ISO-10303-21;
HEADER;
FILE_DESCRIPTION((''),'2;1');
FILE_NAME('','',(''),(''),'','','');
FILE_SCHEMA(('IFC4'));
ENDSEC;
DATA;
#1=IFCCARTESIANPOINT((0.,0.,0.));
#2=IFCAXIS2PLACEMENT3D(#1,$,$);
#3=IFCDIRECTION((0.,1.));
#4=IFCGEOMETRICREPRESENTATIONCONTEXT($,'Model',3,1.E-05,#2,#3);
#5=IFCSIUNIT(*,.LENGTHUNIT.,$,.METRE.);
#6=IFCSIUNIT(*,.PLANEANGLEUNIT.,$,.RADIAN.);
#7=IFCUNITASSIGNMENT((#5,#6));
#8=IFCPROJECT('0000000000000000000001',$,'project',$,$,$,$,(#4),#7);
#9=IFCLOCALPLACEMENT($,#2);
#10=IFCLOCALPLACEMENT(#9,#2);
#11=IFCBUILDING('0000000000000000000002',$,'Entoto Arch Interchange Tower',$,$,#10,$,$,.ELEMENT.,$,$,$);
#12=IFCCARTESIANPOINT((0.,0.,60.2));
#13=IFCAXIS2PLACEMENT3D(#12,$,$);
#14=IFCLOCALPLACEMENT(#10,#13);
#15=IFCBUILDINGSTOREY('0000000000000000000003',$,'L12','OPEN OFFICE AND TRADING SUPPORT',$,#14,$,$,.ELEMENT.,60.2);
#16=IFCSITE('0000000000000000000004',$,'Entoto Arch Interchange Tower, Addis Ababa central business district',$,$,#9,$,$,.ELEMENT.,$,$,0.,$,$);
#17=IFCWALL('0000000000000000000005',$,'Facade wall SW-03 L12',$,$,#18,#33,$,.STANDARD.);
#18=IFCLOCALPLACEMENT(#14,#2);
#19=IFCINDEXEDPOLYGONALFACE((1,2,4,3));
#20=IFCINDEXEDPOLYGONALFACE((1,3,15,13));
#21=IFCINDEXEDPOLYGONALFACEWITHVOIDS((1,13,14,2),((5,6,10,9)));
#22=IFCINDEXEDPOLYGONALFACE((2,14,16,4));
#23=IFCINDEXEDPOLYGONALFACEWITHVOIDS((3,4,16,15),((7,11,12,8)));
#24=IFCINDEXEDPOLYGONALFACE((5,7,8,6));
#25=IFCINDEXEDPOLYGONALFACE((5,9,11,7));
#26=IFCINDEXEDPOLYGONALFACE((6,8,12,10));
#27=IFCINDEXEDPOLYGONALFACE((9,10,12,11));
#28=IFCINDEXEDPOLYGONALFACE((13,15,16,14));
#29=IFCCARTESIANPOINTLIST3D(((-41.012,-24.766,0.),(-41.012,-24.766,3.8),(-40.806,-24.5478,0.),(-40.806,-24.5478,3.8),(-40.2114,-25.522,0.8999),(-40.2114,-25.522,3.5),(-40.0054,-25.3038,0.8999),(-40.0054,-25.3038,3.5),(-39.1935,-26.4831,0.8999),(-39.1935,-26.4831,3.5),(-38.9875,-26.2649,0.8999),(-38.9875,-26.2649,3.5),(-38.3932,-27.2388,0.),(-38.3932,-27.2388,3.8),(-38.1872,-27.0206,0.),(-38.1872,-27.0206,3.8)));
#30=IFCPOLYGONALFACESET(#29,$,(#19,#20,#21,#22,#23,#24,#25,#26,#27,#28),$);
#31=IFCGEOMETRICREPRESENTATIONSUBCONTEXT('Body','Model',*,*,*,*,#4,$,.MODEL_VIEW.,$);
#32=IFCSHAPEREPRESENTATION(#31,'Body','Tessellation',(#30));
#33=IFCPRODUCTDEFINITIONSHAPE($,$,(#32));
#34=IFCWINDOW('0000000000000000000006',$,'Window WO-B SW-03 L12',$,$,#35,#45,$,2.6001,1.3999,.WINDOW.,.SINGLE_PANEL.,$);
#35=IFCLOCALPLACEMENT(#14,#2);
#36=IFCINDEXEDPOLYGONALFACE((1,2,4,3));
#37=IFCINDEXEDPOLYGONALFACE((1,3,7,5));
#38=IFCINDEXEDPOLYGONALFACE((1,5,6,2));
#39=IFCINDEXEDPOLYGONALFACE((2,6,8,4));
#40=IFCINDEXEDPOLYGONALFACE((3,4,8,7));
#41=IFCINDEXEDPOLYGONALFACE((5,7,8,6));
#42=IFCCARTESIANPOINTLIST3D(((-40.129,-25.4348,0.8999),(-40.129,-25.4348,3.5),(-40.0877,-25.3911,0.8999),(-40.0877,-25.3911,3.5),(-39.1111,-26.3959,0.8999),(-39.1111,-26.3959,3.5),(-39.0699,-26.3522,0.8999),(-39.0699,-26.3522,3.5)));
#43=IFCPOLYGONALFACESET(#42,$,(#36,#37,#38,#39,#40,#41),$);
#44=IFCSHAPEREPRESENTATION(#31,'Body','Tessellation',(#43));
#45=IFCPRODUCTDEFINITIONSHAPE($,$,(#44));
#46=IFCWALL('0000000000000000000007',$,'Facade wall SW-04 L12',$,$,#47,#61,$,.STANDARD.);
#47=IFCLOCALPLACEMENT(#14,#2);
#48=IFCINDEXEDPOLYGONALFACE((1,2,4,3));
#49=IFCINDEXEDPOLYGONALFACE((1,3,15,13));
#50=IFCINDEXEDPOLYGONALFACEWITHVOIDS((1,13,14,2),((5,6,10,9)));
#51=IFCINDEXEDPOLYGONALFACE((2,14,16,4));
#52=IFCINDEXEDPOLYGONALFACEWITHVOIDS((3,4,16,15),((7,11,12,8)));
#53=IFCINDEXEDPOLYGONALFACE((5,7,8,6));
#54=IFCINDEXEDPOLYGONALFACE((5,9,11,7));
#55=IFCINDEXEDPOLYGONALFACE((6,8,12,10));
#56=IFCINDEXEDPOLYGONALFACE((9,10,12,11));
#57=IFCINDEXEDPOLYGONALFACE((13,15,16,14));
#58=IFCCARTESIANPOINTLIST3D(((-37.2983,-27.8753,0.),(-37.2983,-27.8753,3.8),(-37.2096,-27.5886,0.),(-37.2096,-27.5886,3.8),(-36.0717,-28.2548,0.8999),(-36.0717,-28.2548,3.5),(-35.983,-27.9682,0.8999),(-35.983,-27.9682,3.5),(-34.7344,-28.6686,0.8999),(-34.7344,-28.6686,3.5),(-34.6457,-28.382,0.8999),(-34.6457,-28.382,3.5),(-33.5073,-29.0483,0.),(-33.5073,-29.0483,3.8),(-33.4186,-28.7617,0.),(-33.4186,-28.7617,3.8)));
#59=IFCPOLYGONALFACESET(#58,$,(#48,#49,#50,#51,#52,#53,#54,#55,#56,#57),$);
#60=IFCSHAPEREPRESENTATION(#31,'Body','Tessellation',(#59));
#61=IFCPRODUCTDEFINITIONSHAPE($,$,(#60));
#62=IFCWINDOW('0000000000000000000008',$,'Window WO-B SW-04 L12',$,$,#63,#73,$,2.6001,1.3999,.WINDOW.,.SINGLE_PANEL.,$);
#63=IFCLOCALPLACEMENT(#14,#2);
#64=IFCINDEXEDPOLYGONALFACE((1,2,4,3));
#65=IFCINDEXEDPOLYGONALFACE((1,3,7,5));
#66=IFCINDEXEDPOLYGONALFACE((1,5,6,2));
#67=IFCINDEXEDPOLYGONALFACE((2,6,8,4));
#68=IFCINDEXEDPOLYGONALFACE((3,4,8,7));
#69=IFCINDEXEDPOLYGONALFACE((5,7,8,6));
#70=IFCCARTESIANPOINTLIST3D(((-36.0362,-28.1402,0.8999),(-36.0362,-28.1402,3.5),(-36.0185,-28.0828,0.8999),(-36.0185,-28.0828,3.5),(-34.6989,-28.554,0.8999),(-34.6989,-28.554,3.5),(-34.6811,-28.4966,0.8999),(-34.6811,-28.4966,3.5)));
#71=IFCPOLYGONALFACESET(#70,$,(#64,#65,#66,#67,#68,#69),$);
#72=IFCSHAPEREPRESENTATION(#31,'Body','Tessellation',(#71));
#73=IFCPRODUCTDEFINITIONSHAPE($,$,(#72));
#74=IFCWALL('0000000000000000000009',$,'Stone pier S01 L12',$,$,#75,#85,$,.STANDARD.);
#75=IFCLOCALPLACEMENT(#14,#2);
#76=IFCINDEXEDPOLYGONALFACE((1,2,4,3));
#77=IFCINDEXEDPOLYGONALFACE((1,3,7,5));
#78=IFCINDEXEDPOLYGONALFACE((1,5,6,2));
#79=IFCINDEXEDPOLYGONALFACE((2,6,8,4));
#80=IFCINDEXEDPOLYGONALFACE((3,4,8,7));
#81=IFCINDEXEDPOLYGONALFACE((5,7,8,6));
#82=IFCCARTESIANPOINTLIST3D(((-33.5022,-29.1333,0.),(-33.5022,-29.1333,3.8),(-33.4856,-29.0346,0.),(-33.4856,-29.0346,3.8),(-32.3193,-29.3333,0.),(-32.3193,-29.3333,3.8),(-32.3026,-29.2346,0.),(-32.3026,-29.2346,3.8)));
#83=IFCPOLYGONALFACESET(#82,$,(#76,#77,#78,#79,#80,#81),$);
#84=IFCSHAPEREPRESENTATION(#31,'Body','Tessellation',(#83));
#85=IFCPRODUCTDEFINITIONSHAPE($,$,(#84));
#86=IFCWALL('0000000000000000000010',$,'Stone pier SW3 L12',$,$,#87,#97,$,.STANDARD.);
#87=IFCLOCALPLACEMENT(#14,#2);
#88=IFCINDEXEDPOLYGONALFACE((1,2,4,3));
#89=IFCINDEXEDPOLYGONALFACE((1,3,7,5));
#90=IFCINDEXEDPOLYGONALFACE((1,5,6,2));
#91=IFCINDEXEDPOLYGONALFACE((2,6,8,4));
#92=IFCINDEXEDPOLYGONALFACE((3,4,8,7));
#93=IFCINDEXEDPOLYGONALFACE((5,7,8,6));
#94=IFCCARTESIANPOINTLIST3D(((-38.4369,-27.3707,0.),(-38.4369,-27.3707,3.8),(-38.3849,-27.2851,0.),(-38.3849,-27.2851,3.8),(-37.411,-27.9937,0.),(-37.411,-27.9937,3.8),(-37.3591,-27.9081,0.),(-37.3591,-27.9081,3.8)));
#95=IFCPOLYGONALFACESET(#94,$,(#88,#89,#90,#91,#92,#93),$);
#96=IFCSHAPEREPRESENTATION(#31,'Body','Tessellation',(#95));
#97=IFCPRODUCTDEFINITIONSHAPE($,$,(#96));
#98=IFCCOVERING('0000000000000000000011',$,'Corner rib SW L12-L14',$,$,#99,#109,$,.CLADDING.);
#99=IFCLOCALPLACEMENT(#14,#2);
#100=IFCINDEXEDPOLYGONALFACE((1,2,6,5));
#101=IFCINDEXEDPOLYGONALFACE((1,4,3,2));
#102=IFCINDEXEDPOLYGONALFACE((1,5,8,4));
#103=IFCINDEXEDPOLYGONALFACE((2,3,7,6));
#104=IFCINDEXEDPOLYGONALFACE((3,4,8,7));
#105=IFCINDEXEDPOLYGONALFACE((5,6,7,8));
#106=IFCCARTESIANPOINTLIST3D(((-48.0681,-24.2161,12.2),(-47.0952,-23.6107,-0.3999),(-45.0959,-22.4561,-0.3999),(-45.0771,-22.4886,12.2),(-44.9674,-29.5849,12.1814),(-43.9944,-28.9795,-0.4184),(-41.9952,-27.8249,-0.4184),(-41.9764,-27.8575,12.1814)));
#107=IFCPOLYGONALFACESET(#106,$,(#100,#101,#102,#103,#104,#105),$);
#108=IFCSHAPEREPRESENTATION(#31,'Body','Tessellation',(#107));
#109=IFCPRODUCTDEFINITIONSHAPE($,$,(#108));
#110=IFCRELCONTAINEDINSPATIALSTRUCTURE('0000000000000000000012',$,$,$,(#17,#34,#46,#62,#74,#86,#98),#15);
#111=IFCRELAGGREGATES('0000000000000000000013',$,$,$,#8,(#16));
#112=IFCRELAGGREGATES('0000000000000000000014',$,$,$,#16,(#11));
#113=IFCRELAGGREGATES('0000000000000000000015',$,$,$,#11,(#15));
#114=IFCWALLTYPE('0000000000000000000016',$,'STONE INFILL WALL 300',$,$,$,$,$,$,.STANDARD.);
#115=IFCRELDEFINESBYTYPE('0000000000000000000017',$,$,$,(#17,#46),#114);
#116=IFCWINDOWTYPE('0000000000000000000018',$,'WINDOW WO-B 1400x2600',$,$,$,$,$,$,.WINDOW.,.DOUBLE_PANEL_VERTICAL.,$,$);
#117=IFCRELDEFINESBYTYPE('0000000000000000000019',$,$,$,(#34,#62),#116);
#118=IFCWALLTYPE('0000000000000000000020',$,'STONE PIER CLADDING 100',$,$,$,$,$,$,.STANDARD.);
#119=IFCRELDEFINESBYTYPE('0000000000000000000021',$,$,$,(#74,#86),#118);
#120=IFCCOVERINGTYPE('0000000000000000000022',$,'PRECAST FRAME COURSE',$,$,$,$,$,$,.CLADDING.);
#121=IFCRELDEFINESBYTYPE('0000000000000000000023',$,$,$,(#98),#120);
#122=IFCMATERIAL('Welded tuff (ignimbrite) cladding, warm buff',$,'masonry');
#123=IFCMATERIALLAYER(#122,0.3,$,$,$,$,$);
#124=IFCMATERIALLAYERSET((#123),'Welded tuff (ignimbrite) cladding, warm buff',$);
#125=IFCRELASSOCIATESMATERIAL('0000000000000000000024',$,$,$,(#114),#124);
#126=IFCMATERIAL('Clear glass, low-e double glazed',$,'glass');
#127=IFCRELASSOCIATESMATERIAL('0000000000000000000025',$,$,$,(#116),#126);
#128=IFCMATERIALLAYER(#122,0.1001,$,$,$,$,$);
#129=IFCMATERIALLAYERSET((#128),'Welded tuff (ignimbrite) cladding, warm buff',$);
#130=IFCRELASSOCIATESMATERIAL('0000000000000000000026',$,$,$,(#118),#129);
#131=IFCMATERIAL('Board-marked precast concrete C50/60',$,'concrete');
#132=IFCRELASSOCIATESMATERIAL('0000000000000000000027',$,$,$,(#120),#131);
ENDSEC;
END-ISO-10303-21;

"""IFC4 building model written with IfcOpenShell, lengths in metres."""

from ifc_helpers import new_model, si_unit, direction, frame, frame_2d, origin, place, context, subcontext, project, spatial, polyline, rectangle, outline, extrude, material, layer, layer_set, type_object, element, fill, save


model = new_model("IFC4")

# Units and contexts
model_context = context("Model", 3, precision=1e-05, world=origin(), true_north=direction((0.0, 1.0)))
body_context = subcontext(model_context, "Body", "Model", "MODEL_VIEW")
ifc_project = project(units=[si_unit("LENGTHUNIT", "METRE"), si_unit("PLANEANGLEUNIT", "RADIAN")], contexts=[model_context])

# Site, building, storey
site_placement = place(None, origin())
site = spatial("IfcSite", under=ifc_project, at=site_placement, Name="Entoto Arch Interchange Tower, Addis Ababa central business district", CompositionType="ELEMENT", RefElevation=0.0)
building_placement = place(site_placement, origin())
building = spatial("IfcBuilding", under=site, at=building_placement, Name="Entoto Arch Interchange Tower", CompositionType="ELEMENT")
storey_placement = place(building_placement, frame((0.0, 0.0, 60.2)))
storey = spatial("IfcBuildingStorey", under=building, at=storey_placement, Name="L12", Description="OPEN OFFICE AND TRADING SUPPORT", CompositionType="ELEMENT", Elevation=60.2)

# Shared definitions
ifc_material_1 = material(Name="Welded tuff (ignimbrite) cladding, warm buff", Category="masonry")
ifc_layer_1 = layer(ifc_material_1, 0.3)
ifc_layer_set_1 = layer_set([ifc_layer_1], Name="Welded tuff (ignimbrite) cladding, warm buff")
wall_type_1 = type_object("IfcWallType", Name="STONE INFILL WALL 300", PredefinedType="STANDARD", material=ifc_layer_set_1)
ifc_material_2 = material(Name="Clear glass, low-e double glazed", Category="glass")

# Walls, openings, windows
window_type_1 = type_object("IfcWindowType", Name="WINDOW WO-B 1400x2600", PartitioningType="DOUBLE_PANEL_VERTICAL", PredefinedType="WINDOW", material=ifc_material_2)
wall_1_placement = place(storey_placement, frame((-40.9089, -24.657, 0.0), z_axis=(0.0, 0.0, 1.0), x_axis=(0.727083, -0.68655, 0.0)))
wall_1 = element("IfcWall", 1, at=wall_1_placement, inside=storey, type_object=wall_type_1, Name="Facade wall SW-03 L12", PredefinedType="STANDARD", context=body_context, shape_type="SweptSolid", body=[
    extrude(rectangle(XDim=3.6018, YDim=0.3, at=frame_2d((1.8008, 0.0))), origin(), (0.0, 0.0, 1.0), 3.8),
])
opening_1_placement = place(wall_1_placement, frame((1.1011, 0.0, 0.8999)))
opening_1 = element("IfcOpeningElement", 2, at=opening_1_placement, cuts=wall_1, PredefinedType="OPENING", context=body_context, shape_type="SweptSolid", body=[
    extrude(rectangle(XDim=1.3999, YDim=2.6001, at=frame_2d((0.7, 1.3))), frame((0.0, 0.1602, 0.0), z_axis=(0.0, -1.0, 0.0), x_axis=(1.0, 0.0, 0.0)), (0.0, 0.0, 1.0), 0.3201),
])
window_1_placement = place(opening_1_placement, origin())
window_1 = element("IfcWindow", 3, at=window_1_placement, inside=storey, type_object=window_type_1, Name="Window WO-B SW-03 L12", OverallHeight=2.6001, OverallWidth=1.3999, PartitioningType="SINGLE_PANEL", PredefinedType="WINDOW", context=body_context, shape_type="SweptSolid", body=[
    extrude(rectangle(XDim=1.3999, YDim=2.6001, at=frame_2d((0.7, 1.3))), frame((0.0, 0.03, 0.0), z_axis=(0.0, -1.0, 0.0), x_axis=(1.0, 0.0, 0.0)), (0.0, 0.0, 1.0), 0.0601),
])
fill(opening_1, window_1)
wall_2_placement = place(storey_placement, frame((-37.2539, -27.7319, 0.0), z_axis=(0.0, 0.0, 1.0), x_axis=(0.955308, -0.295612, 0.0)))
wall_2 = element("IfcWall", 4, at=wall_2_placement, inside=storey, type_object=wall_type_1, Name="Facade wall SW-04 L12", PredefinedType="STANDARD", context=body_context, shape_type="SweptSolid", body=[
    extrude(rectangle(XDim=3.9683, YDim=0.3, at=frame_2d((1.9841, 0.0))), origin(), (0.0, 0.0, 1.0), 3.8),
])
opening_2_placement = place(wall_2_placement, frame((1.2839, 0.0, 0.8999)))
opening_2 = element("IfcOpeningElement", 5, at=opening_2_placement, cuts=wall_2, PredefinedType="OPENING", context=body_context, shape_type="SweptSolid", body=[
    extrude(rectangle(XDim=1.3999, YDim=2.6001, at=frame_2d((0.7, 1.3))), frame((0.0, 0.1602, 0.0), z_axis=(0.0, -1.0, 0.0), x_axis=(1.0, 0.0, 0.0)), (0.0, 0.0, 1.0), 0.3201),
])
window_2_placement = place(opening_2_placement, origin())
window_2 = element("IfcWindow", 6, at=window_2_placement, inside=storey, type_object=window_type_1, Name="Window WO-B SW-04 L12", OverallHeight=2.6001, OverallWidth=1.3999, PartitioningType="SINGLE_PANEL", PredefinedType="WINDOW", context=body_context, shape_type="SweptSolid", body=[
    extrude(rectangle(XDim=1.3999, YDim=2.6001, at=frame_2d((0.7, 1.3))), frame((0.0, 0.03, 0.0), z_axis=(0.0, -1.0, 0.0), x_axis=(1.0, 0.0, 0.0)), (0.0, 0.0, 1.0), 0.0601),
])
fill(opening_2, window_2)

# Walls
ifc_layer_2 = layer(ifc_material_1, 0.1001)
ifc_layer_set_2 = layer_set([ifc_layer_2], Name="Welded tuff (ignimbrite) cladding, warm buff")
wall_type_2 = type_object("IfcWallType", Name="STONE PIER CLADDING 100", PredefinedType="STANDARD", material=ifc_layer_set_2)
wall_3_placement = place(storey_placement, frame((-33.4939, -29.084, 0.0), z_axis=(0.0, 0.0, 1.0), x_axis=(0.986012, -0.166676, 0.0)))
element("IfcWall", 7, at=wall_3_placement, inside=storey, type_object=wall_type_2, Name="Stone pier S01 L12", PredefinedType="STANDARD", context=body_context, shape_type="SweptSolid", body=[
    extrude(rectangle(XDim=1.1997, YDim=0.1001, at=frame_2d((0.5999, 0.0))), origin(), (0.0, 0.0, 1.0), 3.8),
])
wall_4_placement = place(storey_placement, frame((-38.4109, -27.3279, 0.0), z_axis=(0.0, 0.0, 1.0), x_axis=(0.854717, -0.519095, 0.0)))
element("IfcWall", 8, at=wall_4_placement, inside=storey, type_object=wall_type_2, Name="Stone pier SW3 L12", PredefinedType="STANDARD", context=body_context, shape_type="SweptSolid", body=[
    extrude(rectangle(XDim=1.2002, YDim=0.1001, at=frame_2d((0.6001, 0.0))), origin(), (0.0, 0.0, 1.0), 3.8),
])

# Covering
ifc_material_3 = material(Name="Board-marked precast concrete C50/60", Category="concrete")
covering_type = type_object("IfcCoveringType", Name="PRECAST FRAME COURSE", PredefinedType="CLADDING", material=ifc_material_3)
covering_1_placement = place(storey_placement, frame((-45.0959, -22.4561, -0.3999), z_axis=(-0.500124, 0.865949, 0.002986), x_axis=(-0.865953, -0.500126, 0.000001)))
element("IfcCovering", 9, at=covering_1_placement, inside=storey, type_object=covering_type, Name="Corner rib SW L12-L14", PredefinedType="CLADDING", context=body_context, shape_type="SweptSolid", body=[
    extrude(outline(polyline([(0.0, 0.0), (2.3087, 0.0), (3.454, 12.5999), (0.0, 12.5999), (0.0, 0.0)])), origin(), (0.0, 0.0, -1.0), 6.2),
])

save(model, "model.ifc")
